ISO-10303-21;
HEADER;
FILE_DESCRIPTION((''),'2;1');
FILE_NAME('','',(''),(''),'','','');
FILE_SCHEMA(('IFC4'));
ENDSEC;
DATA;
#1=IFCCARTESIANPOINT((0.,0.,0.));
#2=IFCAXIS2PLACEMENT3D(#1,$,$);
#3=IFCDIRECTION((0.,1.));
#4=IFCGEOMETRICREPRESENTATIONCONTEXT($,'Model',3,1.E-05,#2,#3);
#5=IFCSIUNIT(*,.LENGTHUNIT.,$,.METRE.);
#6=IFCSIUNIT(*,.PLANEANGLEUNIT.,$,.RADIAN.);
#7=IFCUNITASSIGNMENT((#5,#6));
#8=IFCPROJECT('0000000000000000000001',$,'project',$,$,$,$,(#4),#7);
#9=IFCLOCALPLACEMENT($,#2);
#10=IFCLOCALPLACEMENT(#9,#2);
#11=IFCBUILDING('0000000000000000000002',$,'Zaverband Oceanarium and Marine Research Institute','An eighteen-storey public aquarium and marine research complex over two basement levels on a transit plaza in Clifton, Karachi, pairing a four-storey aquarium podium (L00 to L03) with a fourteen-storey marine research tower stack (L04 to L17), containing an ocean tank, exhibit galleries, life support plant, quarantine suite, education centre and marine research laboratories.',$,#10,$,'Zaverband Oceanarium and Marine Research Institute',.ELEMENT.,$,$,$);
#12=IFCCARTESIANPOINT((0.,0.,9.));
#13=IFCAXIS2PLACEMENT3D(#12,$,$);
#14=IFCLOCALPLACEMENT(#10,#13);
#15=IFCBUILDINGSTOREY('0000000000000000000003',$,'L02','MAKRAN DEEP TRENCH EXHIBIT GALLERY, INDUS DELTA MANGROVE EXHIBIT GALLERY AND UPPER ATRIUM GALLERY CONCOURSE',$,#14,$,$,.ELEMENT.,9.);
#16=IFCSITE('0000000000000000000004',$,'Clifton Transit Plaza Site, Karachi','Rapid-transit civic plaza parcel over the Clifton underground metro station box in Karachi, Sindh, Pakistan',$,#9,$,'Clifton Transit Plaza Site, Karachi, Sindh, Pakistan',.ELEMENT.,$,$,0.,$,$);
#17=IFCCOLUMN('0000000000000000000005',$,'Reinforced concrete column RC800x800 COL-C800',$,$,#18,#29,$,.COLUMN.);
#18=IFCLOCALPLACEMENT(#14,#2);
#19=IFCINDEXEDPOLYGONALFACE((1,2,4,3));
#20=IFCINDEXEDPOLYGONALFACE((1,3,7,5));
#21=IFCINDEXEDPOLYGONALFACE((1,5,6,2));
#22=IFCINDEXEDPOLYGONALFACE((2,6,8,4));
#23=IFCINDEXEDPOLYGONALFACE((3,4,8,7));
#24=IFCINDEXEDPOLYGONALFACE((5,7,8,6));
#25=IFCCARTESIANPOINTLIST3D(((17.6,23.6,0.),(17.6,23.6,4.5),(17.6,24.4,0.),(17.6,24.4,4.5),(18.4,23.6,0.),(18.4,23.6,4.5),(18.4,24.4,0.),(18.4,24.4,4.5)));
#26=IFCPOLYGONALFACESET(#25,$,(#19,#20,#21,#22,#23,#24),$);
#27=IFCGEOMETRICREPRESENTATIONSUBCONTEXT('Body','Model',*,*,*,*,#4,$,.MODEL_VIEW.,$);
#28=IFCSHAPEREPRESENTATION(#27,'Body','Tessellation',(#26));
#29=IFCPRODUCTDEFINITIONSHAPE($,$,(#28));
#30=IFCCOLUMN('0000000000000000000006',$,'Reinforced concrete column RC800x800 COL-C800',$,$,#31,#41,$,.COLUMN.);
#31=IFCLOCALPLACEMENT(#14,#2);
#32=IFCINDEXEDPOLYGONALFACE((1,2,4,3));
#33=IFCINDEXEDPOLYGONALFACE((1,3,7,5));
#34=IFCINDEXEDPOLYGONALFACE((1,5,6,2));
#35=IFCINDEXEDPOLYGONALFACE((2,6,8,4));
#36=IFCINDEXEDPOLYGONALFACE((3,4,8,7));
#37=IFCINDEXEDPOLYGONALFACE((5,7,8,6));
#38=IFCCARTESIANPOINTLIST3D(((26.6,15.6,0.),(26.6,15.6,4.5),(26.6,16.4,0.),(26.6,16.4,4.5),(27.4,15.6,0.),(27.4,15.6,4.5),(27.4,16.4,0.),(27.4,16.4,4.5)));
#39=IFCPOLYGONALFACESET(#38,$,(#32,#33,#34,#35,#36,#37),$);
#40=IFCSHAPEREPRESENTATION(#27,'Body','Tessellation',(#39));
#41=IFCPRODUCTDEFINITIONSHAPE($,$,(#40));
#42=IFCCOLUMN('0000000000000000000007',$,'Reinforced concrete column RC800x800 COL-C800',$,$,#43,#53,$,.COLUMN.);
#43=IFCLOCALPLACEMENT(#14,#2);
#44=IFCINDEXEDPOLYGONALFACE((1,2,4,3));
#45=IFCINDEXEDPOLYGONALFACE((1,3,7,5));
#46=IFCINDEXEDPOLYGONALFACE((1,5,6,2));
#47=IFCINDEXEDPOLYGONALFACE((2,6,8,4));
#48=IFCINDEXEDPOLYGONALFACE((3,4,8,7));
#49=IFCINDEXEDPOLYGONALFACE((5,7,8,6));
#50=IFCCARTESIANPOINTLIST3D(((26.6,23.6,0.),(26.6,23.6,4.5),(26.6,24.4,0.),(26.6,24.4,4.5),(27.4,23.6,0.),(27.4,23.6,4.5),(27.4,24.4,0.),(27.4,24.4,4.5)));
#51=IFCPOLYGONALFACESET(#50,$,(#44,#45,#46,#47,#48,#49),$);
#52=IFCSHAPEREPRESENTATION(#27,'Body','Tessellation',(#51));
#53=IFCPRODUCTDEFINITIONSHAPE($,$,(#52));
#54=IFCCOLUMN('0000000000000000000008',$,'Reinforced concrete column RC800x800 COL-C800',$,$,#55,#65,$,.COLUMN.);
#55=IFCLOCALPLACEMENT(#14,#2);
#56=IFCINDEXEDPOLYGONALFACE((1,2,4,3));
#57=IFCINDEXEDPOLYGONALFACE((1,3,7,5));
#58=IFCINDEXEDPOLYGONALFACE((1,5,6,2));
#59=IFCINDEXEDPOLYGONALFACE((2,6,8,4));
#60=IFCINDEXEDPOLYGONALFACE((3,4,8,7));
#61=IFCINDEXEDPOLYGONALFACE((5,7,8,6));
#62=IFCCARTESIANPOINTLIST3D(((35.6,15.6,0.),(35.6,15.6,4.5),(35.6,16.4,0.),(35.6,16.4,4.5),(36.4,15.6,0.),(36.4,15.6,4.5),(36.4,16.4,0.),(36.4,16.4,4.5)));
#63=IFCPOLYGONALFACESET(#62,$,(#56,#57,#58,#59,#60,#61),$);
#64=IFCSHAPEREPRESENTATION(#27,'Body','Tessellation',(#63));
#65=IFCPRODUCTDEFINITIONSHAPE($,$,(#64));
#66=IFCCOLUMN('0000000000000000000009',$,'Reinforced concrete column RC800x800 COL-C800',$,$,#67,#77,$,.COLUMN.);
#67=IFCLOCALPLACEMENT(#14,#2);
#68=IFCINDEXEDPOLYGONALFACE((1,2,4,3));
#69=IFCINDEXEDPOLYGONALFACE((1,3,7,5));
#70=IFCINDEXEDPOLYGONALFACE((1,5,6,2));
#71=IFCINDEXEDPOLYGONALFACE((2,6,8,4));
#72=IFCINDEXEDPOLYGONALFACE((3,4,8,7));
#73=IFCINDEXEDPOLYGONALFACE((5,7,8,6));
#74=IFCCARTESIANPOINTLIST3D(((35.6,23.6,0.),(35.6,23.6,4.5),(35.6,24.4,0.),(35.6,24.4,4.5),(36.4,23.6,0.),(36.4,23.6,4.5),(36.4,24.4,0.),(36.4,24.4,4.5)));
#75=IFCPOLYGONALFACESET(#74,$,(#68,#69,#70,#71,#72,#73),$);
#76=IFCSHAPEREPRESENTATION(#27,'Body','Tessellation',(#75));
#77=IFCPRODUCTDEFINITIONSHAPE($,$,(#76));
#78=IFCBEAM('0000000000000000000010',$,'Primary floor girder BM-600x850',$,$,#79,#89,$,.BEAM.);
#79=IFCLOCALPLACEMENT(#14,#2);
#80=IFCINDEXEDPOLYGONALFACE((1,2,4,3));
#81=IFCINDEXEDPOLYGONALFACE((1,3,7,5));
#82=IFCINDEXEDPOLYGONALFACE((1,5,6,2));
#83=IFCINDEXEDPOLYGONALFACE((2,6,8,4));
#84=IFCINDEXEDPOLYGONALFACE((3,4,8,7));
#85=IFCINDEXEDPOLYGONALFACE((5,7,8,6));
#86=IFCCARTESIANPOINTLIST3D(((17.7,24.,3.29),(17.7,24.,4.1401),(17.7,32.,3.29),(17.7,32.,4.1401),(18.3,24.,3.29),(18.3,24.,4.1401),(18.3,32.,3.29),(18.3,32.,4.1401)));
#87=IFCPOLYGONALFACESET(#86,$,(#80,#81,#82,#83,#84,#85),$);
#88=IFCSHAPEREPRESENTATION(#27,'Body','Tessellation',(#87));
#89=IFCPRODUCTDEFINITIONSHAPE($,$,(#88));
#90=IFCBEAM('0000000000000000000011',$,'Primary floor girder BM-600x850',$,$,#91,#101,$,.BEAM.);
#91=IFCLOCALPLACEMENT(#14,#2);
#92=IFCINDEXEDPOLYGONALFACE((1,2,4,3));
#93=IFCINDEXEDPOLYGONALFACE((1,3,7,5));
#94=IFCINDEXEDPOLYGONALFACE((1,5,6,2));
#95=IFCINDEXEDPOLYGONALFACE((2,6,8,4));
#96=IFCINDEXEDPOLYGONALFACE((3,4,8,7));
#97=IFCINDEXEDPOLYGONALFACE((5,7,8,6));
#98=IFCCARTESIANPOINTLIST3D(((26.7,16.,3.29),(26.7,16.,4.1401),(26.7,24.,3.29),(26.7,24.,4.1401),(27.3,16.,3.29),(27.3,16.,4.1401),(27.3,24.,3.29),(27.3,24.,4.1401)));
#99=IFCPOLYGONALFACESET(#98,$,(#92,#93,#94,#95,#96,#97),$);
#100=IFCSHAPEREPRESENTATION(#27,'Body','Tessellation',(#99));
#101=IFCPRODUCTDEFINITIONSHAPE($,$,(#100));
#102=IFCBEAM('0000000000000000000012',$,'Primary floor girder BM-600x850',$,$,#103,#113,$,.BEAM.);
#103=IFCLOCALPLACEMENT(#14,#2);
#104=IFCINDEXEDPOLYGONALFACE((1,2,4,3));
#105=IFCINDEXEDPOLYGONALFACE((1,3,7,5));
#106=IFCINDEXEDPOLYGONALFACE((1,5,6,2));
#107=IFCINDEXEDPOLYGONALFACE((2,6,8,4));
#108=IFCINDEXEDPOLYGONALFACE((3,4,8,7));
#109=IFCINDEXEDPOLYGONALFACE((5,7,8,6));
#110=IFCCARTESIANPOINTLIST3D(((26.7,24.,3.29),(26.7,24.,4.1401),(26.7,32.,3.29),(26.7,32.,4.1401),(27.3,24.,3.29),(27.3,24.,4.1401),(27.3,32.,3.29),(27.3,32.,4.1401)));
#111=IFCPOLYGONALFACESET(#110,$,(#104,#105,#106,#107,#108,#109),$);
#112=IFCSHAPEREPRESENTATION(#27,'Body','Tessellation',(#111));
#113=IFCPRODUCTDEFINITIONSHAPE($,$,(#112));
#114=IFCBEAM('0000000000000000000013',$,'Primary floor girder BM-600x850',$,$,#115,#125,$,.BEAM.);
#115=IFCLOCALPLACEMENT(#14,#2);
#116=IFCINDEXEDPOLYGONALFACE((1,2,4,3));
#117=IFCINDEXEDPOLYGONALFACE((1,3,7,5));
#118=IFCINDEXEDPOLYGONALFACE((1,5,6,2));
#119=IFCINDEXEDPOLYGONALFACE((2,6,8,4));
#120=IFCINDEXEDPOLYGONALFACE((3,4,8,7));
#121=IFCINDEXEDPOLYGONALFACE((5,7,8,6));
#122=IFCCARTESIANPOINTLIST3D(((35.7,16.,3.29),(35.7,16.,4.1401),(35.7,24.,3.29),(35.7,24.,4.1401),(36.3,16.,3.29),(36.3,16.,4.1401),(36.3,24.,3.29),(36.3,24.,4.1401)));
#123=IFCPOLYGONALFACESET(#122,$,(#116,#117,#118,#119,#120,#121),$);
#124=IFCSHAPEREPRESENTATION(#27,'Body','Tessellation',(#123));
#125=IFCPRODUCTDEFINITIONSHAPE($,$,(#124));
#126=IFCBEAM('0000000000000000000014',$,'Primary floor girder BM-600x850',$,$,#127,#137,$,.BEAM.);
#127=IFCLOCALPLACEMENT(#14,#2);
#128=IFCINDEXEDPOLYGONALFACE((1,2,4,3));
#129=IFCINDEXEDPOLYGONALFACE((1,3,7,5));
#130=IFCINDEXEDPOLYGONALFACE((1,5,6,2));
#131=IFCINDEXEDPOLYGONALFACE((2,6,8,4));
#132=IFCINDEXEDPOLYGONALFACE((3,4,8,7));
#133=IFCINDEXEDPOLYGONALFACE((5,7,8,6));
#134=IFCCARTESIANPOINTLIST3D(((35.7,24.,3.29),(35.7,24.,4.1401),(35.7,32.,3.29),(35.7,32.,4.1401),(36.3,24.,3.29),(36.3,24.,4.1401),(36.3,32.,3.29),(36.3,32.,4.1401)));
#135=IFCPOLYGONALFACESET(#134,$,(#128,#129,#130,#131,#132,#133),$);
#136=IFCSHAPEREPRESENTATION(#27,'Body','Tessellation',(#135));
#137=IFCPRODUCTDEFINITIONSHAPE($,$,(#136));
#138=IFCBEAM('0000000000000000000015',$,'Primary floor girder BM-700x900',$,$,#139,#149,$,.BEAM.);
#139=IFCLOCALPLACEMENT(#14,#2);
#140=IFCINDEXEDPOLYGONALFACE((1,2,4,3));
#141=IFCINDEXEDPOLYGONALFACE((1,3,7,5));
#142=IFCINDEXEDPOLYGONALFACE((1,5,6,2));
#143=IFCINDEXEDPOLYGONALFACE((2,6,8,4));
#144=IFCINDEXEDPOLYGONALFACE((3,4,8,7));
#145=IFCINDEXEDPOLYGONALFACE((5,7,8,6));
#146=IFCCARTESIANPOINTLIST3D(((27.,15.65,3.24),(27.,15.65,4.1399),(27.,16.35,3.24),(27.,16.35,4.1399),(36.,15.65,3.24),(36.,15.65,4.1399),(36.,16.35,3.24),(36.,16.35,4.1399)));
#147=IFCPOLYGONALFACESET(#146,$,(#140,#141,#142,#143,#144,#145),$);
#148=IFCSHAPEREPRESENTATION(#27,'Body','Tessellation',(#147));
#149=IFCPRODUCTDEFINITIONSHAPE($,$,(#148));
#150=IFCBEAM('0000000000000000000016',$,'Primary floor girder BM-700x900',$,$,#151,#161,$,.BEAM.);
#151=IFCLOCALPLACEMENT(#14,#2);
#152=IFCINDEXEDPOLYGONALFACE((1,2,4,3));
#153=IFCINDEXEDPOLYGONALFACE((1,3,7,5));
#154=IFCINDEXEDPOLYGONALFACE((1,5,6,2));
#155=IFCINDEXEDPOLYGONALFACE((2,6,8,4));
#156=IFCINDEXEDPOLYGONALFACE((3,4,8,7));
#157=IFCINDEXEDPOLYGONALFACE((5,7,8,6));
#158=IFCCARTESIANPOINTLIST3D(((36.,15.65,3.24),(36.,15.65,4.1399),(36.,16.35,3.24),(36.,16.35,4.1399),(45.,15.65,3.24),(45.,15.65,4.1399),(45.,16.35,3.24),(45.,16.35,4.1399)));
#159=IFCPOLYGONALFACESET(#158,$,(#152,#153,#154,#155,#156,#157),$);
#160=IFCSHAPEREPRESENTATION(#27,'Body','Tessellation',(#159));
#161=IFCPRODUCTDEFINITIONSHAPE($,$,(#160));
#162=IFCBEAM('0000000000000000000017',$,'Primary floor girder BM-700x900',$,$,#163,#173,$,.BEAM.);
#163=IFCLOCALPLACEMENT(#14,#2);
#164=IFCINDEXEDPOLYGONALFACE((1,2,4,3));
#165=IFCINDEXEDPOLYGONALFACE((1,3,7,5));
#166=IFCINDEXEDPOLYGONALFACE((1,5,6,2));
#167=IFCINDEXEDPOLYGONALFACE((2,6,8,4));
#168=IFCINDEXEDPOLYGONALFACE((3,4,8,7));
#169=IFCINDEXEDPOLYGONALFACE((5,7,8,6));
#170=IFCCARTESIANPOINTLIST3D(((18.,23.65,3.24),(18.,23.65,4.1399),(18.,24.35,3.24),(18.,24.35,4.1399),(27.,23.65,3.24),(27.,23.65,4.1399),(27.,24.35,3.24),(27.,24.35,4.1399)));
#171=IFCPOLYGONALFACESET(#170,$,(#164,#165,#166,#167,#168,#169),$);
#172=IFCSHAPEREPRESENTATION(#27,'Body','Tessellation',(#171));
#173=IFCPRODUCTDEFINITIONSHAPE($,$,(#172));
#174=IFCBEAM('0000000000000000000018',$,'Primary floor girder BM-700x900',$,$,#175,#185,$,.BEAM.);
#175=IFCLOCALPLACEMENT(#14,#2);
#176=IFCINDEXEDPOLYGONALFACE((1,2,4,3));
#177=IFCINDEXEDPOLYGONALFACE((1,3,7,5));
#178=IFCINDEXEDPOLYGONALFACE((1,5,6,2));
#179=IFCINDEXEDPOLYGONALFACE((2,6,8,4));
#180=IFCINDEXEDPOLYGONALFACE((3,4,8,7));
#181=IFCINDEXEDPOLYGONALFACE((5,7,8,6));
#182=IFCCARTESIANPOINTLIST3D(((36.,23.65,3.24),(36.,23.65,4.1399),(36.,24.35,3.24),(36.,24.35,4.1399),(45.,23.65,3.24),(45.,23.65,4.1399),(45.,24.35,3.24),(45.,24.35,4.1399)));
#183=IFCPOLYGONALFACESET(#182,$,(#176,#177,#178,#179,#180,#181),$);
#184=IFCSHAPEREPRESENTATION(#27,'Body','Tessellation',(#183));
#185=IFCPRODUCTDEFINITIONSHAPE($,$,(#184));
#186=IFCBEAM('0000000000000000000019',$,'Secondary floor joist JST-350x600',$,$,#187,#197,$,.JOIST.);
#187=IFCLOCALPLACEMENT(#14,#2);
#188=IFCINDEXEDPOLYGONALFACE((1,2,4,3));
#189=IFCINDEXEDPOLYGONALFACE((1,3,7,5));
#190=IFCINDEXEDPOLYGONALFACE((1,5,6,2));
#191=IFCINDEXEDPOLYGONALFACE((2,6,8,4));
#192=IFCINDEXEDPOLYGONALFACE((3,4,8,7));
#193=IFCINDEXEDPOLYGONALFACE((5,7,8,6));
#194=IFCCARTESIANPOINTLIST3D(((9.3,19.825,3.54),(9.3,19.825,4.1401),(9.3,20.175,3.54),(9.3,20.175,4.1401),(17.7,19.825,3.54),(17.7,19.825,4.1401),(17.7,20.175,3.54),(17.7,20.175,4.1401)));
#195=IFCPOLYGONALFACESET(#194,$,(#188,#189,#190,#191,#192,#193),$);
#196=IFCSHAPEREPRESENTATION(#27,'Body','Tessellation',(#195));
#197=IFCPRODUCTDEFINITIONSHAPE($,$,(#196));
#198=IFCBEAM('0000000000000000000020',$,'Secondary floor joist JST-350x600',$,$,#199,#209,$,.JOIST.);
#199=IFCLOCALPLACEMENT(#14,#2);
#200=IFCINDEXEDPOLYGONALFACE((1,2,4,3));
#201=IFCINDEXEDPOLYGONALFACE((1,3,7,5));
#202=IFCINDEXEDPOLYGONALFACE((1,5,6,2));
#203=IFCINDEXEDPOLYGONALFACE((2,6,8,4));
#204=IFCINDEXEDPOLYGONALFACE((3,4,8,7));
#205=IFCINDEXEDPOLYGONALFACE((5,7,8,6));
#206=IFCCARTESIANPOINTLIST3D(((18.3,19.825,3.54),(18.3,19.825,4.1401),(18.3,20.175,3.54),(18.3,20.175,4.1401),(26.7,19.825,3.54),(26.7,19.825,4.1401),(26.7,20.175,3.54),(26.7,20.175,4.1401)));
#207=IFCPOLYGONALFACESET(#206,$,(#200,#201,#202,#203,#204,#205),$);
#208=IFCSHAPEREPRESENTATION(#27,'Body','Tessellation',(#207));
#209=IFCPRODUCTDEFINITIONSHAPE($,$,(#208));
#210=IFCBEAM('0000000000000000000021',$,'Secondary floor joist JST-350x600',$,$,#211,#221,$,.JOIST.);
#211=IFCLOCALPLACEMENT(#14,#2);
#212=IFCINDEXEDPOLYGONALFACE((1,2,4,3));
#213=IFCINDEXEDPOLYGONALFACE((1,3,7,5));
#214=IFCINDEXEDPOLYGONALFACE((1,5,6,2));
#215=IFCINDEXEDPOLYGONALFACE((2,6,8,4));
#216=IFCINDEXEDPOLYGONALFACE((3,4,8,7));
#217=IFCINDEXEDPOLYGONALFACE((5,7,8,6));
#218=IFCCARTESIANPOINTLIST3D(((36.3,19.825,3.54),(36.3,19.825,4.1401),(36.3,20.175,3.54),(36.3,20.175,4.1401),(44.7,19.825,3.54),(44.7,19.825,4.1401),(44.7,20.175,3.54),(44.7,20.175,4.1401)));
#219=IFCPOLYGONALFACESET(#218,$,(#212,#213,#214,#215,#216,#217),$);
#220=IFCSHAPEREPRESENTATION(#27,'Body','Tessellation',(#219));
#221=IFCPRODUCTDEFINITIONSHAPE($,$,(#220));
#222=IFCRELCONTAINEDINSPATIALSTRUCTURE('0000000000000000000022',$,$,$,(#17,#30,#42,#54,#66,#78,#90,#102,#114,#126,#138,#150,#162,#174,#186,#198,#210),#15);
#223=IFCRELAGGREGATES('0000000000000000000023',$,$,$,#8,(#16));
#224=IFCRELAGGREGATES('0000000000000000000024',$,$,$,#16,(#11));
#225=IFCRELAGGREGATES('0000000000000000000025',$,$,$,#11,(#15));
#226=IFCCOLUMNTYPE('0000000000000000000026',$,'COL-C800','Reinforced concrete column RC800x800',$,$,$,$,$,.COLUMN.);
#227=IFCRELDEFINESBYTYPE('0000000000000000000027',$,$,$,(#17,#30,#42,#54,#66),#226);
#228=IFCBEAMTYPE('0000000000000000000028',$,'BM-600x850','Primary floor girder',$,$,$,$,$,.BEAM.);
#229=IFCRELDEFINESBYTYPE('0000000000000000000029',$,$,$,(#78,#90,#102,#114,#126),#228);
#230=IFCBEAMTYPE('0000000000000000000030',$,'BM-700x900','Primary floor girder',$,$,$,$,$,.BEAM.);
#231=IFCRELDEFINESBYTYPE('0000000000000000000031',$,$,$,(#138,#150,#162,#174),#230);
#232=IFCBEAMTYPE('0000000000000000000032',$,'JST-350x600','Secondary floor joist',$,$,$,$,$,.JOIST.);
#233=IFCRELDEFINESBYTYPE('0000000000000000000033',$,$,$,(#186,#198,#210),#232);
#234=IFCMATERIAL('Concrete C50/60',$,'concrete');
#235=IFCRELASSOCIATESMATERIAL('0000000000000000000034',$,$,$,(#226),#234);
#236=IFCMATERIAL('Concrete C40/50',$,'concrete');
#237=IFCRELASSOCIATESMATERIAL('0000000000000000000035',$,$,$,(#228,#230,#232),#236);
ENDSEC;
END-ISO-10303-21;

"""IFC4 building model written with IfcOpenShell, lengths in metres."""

from ifc_helpers import new_model, si_unit, direction, frame, origin, origin_2d, place, context, subcontext, project, spatial, rectangle, extrude, material, material_profile, profile_set, type_object, element, save


model = new_model("IFC4")

# Units and contexts
model_context = context("Model", 3, precision=1e-05, world=origin(), true_north=direction((0.0, 1.0)))
body_context = subcontext(model_context, "Body", "Model", "MODEL_VIEW")
ifc_project = project(units=[si_unit("LENGTHUNIT", "METRE"), si_unit("PLANEANGLEUNIT", "RADIAN")], contexts=[model_context])

# Site, building, storey
site_placement = place(None, origin())
site = spatial("IfcSite", under=ifc_project, at=site_placement, Name="Clifton Transit Plaza Site, Karachi", Description="Rapid-transit civic plaza parcel over the Clifton underground metro station box in Karachi, Sindh, Pakistan", LongName="Clifton Transit Plaza Site, Karachi, Sindh, Pakistan", CompositionType="ELEMENT", RefElevation=0.0)
building_placement = place(site_placement, origin())
building = spatial("IfcBuilding", under=site, at=building_placement, Name="Zaverband Oceanarium and Marine Research Institute", Description="An eighteen-storey public aquarium and marine research complex over two basement levels on a transit plaza in Clifton, Karachi, pairing a four-storey aquarium podium (L00 to L03) with a fourteen-storey marine research tower stack (L04 to L17), containing an ocean tank, exhibit galleries, life support plant, quarantine suite, education centre and marine research laboratories.", LongName="Zaverband Oceanarium and Marine Research Institute", CompositionType="ELEMENT")
storey_placement = place(building_placement, frame((0.0, 0.0, 9.0)))
storey = spatial("IfcBuildingStorey", under=building, at=storey_placement, Name="L02", Description="MAKRAN DEEP TRENCH EXHIBIT GALLERY, INDUS DELTA MANGROVE EXHIBIT GALLERY AND UPPER ATRIUM GALLERY CONCOURSE", CompositionType="ELEMENT", Elevation=9.0)

# Columns
ifc_material_1 = material(Name="Concrete C50/60", Category="concrete")
ifc_material_profile_1 = material_profile(ifc_material_1, rectangle(XDim=0.8, YDim=0.8, at=origin_2d()), Name="RC800x800")
ifc_profile_set_1 = profile_set([ifc_material_profile_1], Name="Concrete C50/60")
column_type = type_object("IfcColumnType", Name="COL-C800", Description="Reinforced concrete column RC800x800", PredefinedType="COLUMN", material=ifc_profile_set_1)
for number, where, z_axis, x_axis, name in (
    (1, (18.0, 24.0, 0.0), (0.0, 0.0, 1.0), (1.0, 0.0, 0.0), "Reinforced concrete column RC800x800 COL-C800"),
    (2, (27.0, 16.0, 0.0), (0.0, 0.0, 1.0), (1.0, 0.0, 0.0), "Reinforced concrete column RC800x800 COL-C800"),
    (3, (27.0, 24.0, 0.0), (0.0, 0.0, 1.0), (1.0, 0.0, 0.0), "Reinforced concrete column RC800x800 COL-C800"),
    (4, (36.0, 16.0, 0.0), (0.0, 0.0, 1.0), (1.0, 0.0, 0.0), "Reinforced concrete column RC800x800 COL-C800"),
    (5, (36.0, 24.0, 0.0), (0.0, 0.0, 1.0), (1.0, 0.0, 0.0), "Reinforced concrete column RC800x800 COL-C800"),
):
    element("IfcColumn", number, at=place(storey_placement, frame(where, z_axis=z_axis, x_axis=x_axis)), inside=storey, type_object=column_type, Name=name, PredefinedType="COLUMN", context=body_context, shape_type="SweptSolid", body=[
        extrude(rectangle(XDim=0.8, YDim=0.8, at=origin_2d()), origin(), (0.0, 0.0, 1.0), 4.5),
    ])

# Beams
ifc_material_2 = material(Name="Concrete C40/50", Category="concrete")
ifc_material_profile_2 = material_profile(ifc_material_2, rectangle(XDim=0.6001, YDim=0.8501, at=origin_2d()), Name="RC600x850")
ifc_profile_set_2 = profile_set([ifc_material_profile_2], Name="Concrete C40/50")
beam_type_1 = type_object("IfcBeamType", Name="BM-600x850", Description="Primary floor girder", PredefinedType="BEAM", material=ifc_profile_set_2)
for number, where, z_axis, x_axis, name in (
    (6, (18.0, 24.0, 3.7151), (0.0, 1.0, 0.0), (-1.0, 0.0, 0.0), "Primary floor girder BM-600x850"),
    (7, (27.0, 16.0, 3.7151), (0.0, 1.0, 0.0), (-1.0, 0.0, 0.0), "Primary floor girder BM-600x850"),
    (8, (27.0, 24.0, 3.7151), (0.0, 1.0, 0.0), (-1.0, 0.0, 0.0), "Primary floor girder BM-600x850"),
    (9, (36.0, 16.0, 3.7151), (0.0, 1.0, 0.0), (-1.0, 0.0, 0.0), "Primary floor girder BM-600x850"),
    (10, (36.0, 24.0, 3.7151), (0.0, 1.0, 0.0), (-1.0, 0.0, 0.0), "Primary floor girder BM-600x850"),
):
    element("IfcBeam", number, at=place(storey_placement, frame(where, z_axis=z_axis, x_axis=x_axis)), inside=storey, type_object=beam_type_1, Name=name, PredefinedType="BEAM", context=body_context, shape_type="SweptSolid", body=[
        extrude(rectangle(XDim=0.6001, YDim=0.8501, at=origin_2d()), origin(), (0.0, 0.0, 1.0), 8.0),
    ])
ifc_material_profile_3 = material_profile(ifc_material_2, rectangle(XDim=0.7, YDim=0.8999, at=origin_2d()), Name="RC700x900")
ifc_profile_set_3 = profile_set([ifc_material_profile_3], Name="Concrete C40/50")
beam_type_2 = type_object("IfcBeamType", Name="BM-700x900", Description="Primary floor girder", PredefinedType="BEAM", material=ifc_profile_set_3)
for number, where, z_axis, x_axis, name in (
    (11, (27.0, 16.0, 3.6899), (1.0, 0.0, 0.0), (0.0, 1.0, 0.0), "Primary floor girder BM-700x900"),
    (12, (36.0, 16.0, 3.6899), (1.0, 0.0, 0.0), (0.0, 1.0, 0.0), "Primary floor girder BM-700x900"),
    (13, (18.0, 24.0, 3.6899), (1.0, 0.0, 0.0), (0.0, 1.0, 0.0), "Primary floor girder BM-700x900"),
    (14, (36.0, 24.0, 3.6899), (1.0, 0.0, 0.0), (0.0, 1.0, 0.0), "Primary floor girder BM-700x900"),
):
    element("IfcBeam", number, at=place(storey_placement, frame(where, z_axis=z_axis, x_axis=x_axis)), inside=storey, type_object=beam_type_2, Name=name, PredefinedType="BEAM", context=body_context, shape_type="SweptSolid", body=[
        extrude(rectangle(XDim=0.7, YDim=0.8999, at=origin_2d()), origin(), (0.0, 0.0, 1.0), 9.0),
    ])
ifc_material_profile_4 = material_profile(ifc_material_2, rectangle(XDim=0.3501, YDim=0.6001, at=origin_2d()), Name="RC350x600")
ifc_profile_set_4 = profile_set([ifc_material_profile_4], Name="Concrete C40/50")
beam_type_3 = type_object("IfcBeamType", Name="JST-350x600", Description="Secondary floor joist", PredefinedType="JOIST", material=ifc_profile_set_4)
for number, where, z_axis, x_axis, name in (
    (15, (9.3, 20.0, 3.8401), (1.0, 0.0, 0.0), (0.0, 1.0, 0.0), "Secondary floor joist JST-350x600"),
    (16, (18.3, 20.0, 3.8401), (1.0, 0.0, 0.0), (0.0, 1.0, 0.0), "Secondary floor joist JST-350x600"),
    (17, (36.3, 20.0, 3.8401), (1.0, 0.0, 0.0), (0.0, 1.0, 0.0), "Secondary floor joist JST-350x600"),
):
    element("IfcBeam", number, at=place(storey_placement, frame(where, z_axis=z_axis, x_axis=x_axis)), inside=storey, type_object=beam_type_3, Name=name, PredefinedType="JOIST", context=body_context, shape_type="SweptSolid", body=[
        extrude(rectangle(XDim=0.3501, YDim=0.6001, at=origin_2d()), origin(), (0.0, 0.0, 1.0), 8.3999),
    ])

save(model, "model.ifc")
